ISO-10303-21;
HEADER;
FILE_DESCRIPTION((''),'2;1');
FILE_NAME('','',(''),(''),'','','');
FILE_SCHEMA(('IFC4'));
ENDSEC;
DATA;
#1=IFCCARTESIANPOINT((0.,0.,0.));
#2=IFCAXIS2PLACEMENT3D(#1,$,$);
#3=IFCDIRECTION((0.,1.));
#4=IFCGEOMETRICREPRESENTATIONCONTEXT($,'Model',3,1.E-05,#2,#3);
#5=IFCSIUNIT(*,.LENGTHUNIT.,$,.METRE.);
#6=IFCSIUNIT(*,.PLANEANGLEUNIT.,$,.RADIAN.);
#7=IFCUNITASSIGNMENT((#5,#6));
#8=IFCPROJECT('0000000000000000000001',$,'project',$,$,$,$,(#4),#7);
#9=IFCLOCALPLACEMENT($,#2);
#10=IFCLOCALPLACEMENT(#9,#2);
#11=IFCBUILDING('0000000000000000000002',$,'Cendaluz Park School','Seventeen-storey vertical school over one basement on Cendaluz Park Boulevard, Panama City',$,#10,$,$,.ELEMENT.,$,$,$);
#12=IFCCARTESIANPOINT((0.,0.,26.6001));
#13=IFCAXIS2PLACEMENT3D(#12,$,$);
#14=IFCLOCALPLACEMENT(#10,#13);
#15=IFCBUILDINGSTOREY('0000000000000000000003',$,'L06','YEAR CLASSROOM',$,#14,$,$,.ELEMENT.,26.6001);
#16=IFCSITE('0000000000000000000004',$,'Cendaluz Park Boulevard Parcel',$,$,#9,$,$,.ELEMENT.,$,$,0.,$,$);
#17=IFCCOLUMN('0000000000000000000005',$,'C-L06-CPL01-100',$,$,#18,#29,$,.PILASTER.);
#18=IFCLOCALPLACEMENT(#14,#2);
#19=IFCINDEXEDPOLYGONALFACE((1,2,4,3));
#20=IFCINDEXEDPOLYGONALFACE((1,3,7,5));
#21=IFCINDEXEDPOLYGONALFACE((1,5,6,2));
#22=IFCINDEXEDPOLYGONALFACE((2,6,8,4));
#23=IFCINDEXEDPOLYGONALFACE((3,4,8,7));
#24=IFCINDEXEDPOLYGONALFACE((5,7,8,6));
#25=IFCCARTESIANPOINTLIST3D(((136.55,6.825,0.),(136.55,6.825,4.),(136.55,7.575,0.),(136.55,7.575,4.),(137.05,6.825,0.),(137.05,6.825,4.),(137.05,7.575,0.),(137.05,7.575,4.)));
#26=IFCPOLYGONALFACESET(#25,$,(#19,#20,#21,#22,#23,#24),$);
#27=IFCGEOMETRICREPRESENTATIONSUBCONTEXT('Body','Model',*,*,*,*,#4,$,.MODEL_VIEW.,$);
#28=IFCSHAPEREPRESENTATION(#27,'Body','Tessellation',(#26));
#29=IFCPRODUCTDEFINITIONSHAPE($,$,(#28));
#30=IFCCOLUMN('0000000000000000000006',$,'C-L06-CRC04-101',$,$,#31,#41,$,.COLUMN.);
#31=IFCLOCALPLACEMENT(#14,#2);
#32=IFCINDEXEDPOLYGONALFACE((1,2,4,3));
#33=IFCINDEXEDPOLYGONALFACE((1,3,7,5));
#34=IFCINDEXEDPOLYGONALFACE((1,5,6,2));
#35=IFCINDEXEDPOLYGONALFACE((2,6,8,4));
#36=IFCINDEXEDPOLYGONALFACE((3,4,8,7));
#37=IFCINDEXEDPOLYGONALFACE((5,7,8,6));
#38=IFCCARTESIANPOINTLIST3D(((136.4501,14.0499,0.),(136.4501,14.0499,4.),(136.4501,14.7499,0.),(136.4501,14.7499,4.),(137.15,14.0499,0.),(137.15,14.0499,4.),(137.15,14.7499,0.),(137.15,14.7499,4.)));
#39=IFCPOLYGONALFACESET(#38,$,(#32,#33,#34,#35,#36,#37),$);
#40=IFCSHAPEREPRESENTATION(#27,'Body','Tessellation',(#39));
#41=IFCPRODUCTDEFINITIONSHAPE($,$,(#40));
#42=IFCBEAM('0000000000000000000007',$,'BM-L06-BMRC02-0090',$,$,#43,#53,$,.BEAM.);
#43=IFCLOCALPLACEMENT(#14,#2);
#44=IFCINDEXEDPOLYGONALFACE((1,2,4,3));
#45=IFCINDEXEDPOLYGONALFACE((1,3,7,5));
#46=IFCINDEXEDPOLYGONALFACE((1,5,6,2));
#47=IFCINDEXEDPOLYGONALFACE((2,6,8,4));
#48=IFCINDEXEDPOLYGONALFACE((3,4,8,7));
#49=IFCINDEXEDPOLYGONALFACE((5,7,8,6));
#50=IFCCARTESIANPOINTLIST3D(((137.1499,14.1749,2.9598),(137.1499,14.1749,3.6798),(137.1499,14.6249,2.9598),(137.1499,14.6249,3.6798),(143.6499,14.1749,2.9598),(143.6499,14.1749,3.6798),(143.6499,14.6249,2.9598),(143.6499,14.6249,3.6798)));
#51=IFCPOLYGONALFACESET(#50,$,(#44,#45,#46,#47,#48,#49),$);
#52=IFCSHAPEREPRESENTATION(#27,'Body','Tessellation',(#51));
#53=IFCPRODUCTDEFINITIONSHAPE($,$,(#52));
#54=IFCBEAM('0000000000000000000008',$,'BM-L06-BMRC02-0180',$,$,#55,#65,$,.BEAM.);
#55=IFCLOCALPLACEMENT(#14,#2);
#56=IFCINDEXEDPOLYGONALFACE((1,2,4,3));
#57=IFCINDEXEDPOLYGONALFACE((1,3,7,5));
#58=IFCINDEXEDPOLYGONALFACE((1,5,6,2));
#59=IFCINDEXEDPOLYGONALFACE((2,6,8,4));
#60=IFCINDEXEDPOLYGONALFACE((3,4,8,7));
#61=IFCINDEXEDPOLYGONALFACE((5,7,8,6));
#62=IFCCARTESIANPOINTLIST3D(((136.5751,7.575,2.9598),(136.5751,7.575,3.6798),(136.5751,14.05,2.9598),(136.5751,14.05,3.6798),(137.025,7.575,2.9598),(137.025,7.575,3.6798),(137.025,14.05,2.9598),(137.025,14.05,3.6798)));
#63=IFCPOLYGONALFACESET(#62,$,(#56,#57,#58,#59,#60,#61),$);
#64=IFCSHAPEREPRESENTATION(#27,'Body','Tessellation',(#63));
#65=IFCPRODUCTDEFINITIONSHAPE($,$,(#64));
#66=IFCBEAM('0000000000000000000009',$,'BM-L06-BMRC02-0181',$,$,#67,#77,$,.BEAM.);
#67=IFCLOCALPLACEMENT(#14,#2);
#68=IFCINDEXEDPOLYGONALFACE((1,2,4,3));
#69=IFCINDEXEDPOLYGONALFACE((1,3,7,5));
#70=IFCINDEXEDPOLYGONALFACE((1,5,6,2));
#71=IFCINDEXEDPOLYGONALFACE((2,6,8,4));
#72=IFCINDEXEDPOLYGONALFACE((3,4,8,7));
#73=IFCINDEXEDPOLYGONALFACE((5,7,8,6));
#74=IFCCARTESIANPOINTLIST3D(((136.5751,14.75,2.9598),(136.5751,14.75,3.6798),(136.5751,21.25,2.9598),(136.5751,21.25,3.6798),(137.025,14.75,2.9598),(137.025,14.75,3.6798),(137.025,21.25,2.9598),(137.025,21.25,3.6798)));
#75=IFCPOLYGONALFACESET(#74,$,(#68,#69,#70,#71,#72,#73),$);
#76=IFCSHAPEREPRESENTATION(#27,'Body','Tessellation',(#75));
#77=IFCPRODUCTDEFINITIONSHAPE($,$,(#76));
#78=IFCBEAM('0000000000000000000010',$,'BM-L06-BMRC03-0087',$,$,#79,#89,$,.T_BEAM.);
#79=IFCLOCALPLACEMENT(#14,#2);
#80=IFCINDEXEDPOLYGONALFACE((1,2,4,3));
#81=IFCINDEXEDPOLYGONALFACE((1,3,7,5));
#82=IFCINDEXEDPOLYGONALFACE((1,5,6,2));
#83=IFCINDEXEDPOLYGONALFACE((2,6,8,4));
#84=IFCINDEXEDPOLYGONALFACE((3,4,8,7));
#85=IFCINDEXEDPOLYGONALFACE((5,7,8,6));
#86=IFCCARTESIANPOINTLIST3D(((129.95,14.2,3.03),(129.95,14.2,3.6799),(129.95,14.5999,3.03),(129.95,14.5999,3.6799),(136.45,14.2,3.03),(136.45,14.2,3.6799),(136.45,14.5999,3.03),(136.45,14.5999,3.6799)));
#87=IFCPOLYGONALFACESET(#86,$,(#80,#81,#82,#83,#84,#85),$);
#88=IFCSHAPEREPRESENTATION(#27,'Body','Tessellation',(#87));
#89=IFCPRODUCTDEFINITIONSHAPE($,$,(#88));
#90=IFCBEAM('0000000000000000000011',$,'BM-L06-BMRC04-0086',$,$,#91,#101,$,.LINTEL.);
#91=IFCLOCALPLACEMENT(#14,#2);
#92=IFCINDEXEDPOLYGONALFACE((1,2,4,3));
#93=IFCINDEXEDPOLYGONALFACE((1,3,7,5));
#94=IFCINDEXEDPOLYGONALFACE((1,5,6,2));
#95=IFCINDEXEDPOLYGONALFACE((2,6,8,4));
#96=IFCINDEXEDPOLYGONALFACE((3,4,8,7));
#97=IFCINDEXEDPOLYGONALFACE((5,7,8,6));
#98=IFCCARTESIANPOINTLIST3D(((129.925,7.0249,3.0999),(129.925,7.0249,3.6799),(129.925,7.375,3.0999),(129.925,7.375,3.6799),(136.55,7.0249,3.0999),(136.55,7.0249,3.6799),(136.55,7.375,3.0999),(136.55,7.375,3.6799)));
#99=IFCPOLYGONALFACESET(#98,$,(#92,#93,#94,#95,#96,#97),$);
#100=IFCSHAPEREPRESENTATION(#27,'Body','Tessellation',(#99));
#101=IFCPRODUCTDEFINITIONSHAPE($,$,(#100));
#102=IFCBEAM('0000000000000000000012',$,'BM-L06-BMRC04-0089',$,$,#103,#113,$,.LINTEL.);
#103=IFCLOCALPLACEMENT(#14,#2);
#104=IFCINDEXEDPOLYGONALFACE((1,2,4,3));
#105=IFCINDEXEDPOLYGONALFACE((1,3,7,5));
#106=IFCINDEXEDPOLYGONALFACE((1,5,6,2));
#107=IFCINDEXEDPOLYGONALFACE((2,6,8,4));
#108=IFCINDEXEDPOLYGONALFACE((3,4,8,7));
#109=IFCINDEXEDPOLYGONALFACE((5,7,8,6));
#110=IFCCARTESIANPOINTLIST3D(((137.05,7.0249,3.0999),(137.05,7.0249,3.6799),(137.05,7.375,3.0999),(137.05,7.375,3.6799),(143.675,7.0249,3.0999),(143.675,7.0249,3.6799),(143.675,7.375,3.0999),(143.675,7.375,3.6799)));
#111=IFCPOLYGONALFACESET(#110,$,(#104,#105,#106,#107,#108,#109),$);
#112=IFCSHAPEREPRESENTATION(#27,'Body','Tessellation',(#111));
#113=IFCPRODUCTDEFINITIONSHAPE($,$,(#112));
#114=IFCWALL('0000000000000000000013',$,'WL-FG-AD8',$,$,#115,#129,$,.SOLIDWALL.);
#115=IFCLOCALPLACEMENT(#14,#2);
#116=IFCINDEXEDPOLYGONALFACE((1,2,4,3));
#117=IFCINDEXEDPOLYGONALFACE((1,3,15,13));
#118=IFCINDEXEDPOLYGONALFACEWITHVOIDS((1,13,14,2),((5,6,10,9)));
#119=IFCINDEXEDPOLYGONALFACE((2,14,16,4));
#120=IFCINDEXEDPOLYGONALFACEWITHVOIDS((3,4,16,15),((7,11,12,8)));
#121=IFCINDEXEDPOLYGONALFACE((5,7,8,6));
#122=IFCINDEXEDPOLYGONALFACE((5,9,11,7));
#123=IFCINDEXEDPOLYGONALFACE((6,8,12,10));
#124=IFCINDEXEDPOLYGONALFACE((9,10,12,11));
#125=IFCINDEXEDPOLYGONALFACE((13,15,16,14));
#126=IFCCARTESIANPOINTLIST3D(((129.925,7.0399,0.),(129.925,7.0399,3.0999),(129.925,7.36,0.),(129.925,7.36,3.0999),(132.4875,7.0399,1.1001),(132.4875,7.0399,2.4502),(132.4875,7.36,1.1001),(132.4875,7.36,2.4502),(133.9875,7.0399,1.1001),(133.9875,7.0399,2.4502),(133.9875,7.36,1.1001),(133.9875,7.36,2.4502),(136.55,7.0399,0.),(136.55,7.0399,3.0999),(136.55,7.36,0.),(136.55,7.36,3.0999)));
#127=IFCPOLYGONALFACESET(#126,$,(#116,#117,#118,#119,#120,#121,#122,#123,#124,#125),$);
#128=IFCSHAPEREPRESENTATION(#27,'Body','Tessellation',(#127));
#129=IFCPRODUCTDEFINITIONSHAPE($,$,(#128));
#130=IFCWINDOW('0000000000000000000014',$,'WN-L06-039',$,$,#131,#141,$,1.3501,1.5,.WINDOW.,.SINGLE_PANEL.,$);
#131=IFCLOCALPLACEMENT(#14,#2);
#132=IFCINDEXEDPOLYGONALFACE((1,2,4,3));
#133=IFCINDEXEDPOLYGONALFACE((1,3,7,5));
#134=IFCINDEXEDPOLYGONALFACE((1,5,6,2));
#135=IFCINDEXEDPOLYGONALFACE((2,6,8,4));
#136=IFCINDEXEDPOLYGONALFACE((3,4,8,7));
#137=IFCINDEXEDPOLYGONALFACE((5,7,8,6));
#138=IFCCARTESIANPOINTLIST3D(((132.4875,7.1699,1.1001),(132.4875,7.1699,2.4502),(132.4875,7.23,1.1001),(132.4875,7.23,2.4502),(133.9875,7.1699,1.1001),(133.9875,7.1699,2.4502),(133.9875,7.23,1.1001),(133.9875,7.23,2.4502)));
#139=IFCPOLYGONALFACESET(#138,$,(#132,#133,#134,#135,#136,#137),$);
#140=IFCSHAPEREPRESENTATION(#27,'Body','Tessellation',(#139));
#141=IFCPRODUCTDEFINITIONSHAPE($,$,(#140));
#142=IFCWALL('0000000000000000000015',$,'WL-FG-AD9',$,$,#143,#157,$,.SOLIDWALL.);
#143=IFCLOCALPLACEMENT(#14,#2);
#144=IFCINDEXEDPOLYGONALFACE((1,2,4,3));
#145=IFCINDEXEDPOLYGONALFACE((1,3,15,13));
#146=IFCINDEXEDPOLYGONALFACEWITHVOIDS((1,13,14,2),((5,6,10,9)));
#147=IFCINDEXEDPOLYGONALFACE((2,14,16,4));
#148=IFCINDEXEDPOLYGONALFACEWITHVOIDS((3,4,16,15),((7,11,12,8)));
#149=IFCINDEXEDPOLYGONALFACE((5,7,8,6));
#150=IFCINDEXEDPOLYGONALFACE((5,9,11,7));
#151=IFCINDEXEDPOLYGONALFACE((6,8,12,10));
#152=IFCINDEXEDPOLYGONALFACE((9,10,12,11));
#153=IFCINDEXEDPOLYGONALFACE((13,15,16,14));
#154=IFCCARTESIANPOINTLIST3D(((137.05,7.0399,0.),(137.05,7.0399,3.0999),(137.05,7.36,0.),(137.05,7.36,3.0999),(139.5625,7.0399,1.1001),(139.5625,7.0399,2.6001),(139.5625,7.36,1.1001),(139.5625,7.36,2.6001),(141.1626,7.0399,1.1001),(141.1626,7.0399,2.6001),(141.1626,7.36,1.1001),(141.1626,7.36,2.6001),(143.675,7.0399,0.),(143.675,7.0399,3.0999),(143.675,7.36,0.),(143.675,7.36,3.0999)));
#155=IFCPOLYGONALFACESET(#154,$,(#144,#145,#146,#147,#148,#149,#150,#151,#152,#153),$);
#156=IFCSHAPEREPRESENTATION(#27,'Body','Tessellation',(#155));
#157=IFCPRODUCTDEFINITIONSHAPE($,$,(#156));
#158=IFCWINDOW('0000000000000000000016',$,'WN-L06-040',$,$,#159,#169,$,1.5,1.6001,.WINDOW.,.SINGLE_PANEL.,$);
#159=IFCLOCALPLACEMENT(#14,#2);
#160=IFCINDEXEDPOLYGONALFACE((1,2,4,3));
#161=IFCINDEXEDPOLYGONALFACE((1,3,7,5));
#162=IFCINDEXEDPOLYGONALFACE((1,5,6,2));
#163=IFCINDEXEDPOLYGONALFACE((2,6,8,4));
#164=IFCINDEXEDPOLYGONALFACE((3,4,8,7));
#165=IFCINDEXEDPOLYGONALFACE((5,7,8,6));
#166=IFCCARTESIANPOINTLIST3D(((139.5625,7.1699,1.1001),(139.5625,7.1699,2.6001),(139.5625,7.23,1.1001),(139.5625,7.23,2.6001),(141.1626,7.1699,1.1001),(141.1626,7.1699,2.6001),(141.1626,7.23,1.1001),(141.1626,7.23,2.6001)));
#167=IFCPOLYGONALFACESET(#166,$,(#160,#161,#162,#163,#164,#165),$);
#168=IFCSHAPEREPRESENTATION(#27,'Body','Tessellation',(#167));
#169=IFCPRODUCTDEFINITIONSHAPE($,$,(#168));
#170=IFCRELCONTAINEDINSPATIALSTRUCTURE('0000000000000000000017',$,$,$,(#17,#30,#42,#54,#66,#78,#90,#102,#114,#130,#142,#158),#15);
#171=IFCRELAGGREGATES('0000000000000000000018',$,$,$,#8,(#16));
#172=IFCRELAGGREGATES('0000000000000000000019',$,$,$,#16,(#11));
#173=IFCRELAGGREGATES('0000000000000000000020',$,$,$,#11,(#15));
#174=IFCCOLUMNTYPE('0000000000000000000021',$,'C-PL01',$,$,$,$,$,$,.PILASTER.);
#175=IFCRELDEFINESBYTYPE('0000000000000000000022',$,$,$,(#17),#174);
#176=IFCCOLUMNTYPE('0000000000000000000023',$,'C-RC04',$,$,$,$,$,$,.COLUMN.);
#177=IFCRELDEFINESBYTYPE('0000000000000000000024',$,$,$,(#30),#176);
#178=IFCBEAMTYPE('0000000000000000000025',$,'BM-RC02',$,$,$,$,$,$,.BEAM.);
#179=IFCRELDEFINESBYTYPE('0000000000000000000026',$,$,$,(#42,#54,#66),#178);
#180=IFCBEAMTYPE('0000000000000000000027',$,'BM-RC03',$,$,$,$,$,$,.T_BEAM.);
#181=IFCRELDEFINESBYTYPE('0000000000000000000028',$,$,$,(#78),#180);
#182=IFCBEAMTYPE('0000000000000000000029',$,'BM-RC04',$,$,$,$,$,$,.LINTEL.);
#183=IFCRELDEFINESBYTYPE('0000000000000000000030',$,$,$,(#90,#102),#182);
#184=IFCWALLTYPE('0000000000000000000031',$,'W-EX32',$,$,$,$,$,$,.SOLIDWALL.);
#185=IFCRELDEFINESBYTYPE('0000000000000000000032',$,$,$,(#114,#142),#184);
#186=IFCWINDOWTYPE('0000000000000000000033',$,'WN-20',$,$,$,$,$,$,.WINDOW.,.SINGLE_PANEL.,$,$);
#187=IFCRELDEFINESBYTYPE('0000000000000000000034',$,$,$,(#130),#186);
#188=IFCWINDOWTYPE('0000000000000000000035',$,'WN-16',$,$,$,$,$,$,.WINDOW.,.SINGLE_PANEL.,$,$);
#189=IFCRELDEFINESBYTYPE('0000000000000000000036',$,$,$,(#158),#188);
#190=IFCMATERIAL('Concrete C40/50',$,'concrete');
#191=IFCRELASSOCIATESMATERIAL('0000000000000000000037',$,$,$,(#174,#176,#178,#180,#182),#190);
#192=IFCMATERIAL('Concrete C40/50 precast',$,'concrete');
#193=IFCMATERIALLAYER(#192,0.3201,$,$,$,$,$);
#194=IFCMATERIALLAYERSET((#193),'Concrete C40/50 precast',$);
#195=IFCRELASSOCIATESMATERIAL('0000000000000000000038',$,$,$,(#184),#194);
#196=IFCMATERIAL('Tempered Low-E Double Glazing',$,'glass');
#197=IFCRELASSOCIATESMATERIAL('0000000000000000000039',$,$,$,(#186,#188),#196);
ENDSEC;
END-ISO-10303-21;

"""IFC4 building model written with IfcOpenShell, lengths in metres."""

from ifc_helpers import new_model, si_unit, direction, frame, frame_2d, origin, origin_2d, place, context, subcontext, project, spatial, rectangle, extrude, material, layer, layer_set, material_profile, profile_set, type_object, element, fill, save


model = new_model("IFC4")

# Units and contexts
model_context = context("Model", 3, precision=1e-05, world=origin(), true_north=direction((0.0, 1.0)))
body_context = subcontext(model_context, "Body", "Model", "MODEL_VIEW")
ifc_project = project(units=[si_unit("LENGTHUNIT", "METRE"), si_unit("PLANEANGLEUNIT", "RADIAN")], contexts=[model_context])

# Site, building, storey
site_placement = place(None, origin())
site = spatial("IfcSite", under=ifc_project, at=site_placement, Name="Cendaluz Park Boulevard Parcel", CompositionType="ELEMENT", RefElevation=0.0)
building_placement = place(site_placement, origin())
building = spatial("IfcBuilding", under=site, at=building_placement, Name="Cendaluz Park School", Description="Seventeen-storey vertical school over one basement on Cendaluz Park Boulevard, Panama City", CompositionType="ELEMENT")
storey_placement = place(building_placement, frame((0.0, 0.0, 26.6001)))
storey = spatial("IfcBuildingStorey", under=building, at=storey_placement, Name="L06", Description="YEAR CLASSROOM", CompositionType="ELEMENT", Elevation=26.6001)

# Columns
ifc_material_1 = material(Name="Concrete C40/50", Category="concrete")
ifc_material_profile_1 = material_profile(ifc_material_1, rectangle(XDim=0.5, YDim=0.75, at=origin_2d()), Name="RC 500x750", Category="concrete")
ifc_profile_set_1 = profile_set([ifc_material_profile_1], Name="Concrete C40/50")
column_type_1 = type_object("IfcColumnType", Name="C-PL01", PredefinedType="PILASTER", material=ifc_profile_set_1)
column_1_placement = place(storey_placement, frame((136.8, 7.2, 0.0), z_axis=(0.0, 0.0, 1.0), x_axis=(1.0, 0.0, 0.0)))
element("IfcColumn", 1, at=column_1_placement, inside=storey, type_object=column_type_1, Name="C-L06-CPL01-100", PredefinedType="PILASTER", context=body_context, shape_type="SweptSolid", body=[
    extrude(rectangle(XDim=0.5, YDim=0.75, at=origin_2d()), origin(), (0.0, 0.0, 1.0), 4.0),
])
ifc_material_profile_2 = material_profile(ifc_material_1, rectangle(XDim=0.7, YDim=0.7, at=origin_2d()), Name="RC 700x700", Category="concrete")
ifc_profile_set_2 = profile_set([ifc_material_profile_2], Name="Concrete C40/50")
column_type_2 = type_object("IfcColumnType", Name="C-RC04", PredefinedType="COLUMN", material=ifc_profile_set_2)
column_2_placement = place(storey_placement, frame((136.8, 14.3999, 0.0), z_axis=(0.0, 0.0, 1.0), x_axis=(1.0, 0.0, 0.0)))
element("IfcColumn", 2, at=column_2_placement, inside=storey, type_object=column_type_2, Name="C-L06-CRC04-101", PredefinedType="COLUMN", context=body_context, shape_type="SweptSolid", body=[
    extrude(rectangle(XDim=0.7, YDim=0.7, at=origin_2d()), origin(), (0.0, 0.0, 1.0), 4.0),
])

# Beams
ifc_material_profile_3 = material_profile(ifc_material_1, rectangle(XDim=0.45, YDim=0.72, at=origin_2d()), Name="RC 450x720", Category="concrete")
ifc_profile_set_3 = profile_set([ifc_material_profile_3], Name="Concrete C40/50")
beam_type_1 = type_object("IfcBeamType", Name="BM-RC02", PredefinedType="BEAM", material=ifc_profile_set_3)
beam_1_placement = place(storey_placement, frame((137.1499, 14.3999, 3.3198), z_axis=(1.0, 0.0, 0.0), x_axis=(0.0, 1.0, 0.0)))
element("IfcBeam", 3, at=beam_1_placement, inside=storey, type_object=beam_type_1, Name="BM-L06-BMRC02-0090", PredefinedType="BEAM", context=body_context, shape_type="SweptSolid", body=[
    extrude(rectangle(XDim=0.45, YDim=0.72, at=origin_2d()), origin(), (0.0, 0.0, 1.0), 6.5),
])
beam_2_placement = place(storey_placement, frame((136.8, 7.575, 3.3198), z_axis=(0.0, 1.0, 0.0), x_axis=(-1.0, 0.0, 0.0)))
element("IfcBeam", 4, at=beam_2_placement, inside=storey, type_object=beam_type_1, Name="BM-L06-BMRC02-0180", PredefinedType="BEAM", context=body_context, shape_type="SweptSolid", body=[
    extrude(rectangle(XDim=0.45, YDim=0.72, at=origin_2d()), origin(), (0.0, 0.0, 1.0), 6.4751),
])
beam_3_placement = place(storey_placement, frame((136.8, 14.75, 3.3198), z_axis=(0.0, 1.0, 0.0), x_axis=(-1.0, 0.0, 0.0)))
element("IfcBeam", 5, at=beam_3_placement, inside=storey, type_object=beam_type_1, Name="BM-L06-BMRC02-0181", PredefinedType="BEAM", context=body_context, shape_type="SweptSolid", body=[
    extrude(rectangle(XDim=0.45, YDim=0.72, at=origin_2d()), origin(), (0.0, 0.0, 1.0), 6.5),
])
ifc_material_profile_4 = material_profile(ifc_material_1, rectangle(XDim=0.3999, YDim=0.6499, at=origin_2d()), Name="RC 400x650", Category="concrete")
ifc_profile_set_4 = profile_set([ifc_material_profile_4], Name="Concrete C40/50")
beam_type_2 = type_object("IfcBeamType", Name="BM-RC03", PredefinedType="T_BEAM", material=ifc_profile_set_4)
beam_4_placement = place(storey_placement, frame((129.95, 14.3999, 3.355), z_axis=(1.0, 0.0, 0.0), x_axis=(0.0, 1.0, 0.0)))
element("IfcBeam", 6, at=beam_4_placement, inside=storey, type_object=beam_type_2, Name="BM-L06-BMRC03-0087", PredefinedType="T_BEAM", context=body_context, shape_type="SweptSolid", body=[
    extrude(rectangle(XDim=0.3999, YDim=0.6499, at=origin_2d()), origin(), (0.0, 0.0, 1.0), 6.5),
])
ifc_material_profile_5 = material_profile(ifc_material_1, rectangle(XDim=0.3501, YDim=0.5801, at=origin_2d()), Name="RC 350x580", Category="concrete")
ifc_profile_set_5 = profile_set([ifc_material_profile_5], Name="Concrete C40/50")
beam_type_3 = type_object("IfcBeamType", Name="BM-RC04", PredefinedType="LINTEL", material=ifc_profile_set_5)
for number, where, z_axis, x_axis, name in (
    (7, (129.925, 7.2, 3.3899), (1.0, 0.0, 0.0), (0.0, 1.0, 0.0), "BM-L06-BMRC04-0086"),
    (8, (137.05, 7.2, 3.3899), (1.0, 0.0, 0.0), (0.0, 1.0, 0.0), "BM-L06-BMRC04-0089"),
):
    element("IfcBeam", number, at=place(storey_placement, frame(where, z_axis=z_axis, x_axis=x_axis)), inside=storey, type_object=beam_type_3, Name=name, PredefinedType="LINTEL", context=body_context, shape_type="SweptSolid", body=[
        extrude(rectangle(XDim=0.3501, YDim=0.5801, at=origin_2d()), origin(), (0.0, 0.0, 1.0), 6.625),
    ])

# Walls, openings, windows
ifc_material_2 = material(Name="Concrete C40/50 precast", Category="concrete")
ifc_layer_1 = layer(ifc_material_2, 0.3201)
ifc_layer_set_1 = layer_set([ifc_layer_1], Name="Concrete C40/50 precast")
wall_type_1 = type_object("IfcWallType", Name="W-EX32", PredefinedType="SOLIDWALL", material=ifc_layer_set_1)
wall_1_placement = place(storey_placement, frame((129.925, 7.2, 0.0), z_axis=(0.0, 0.0, 1.0), x_axis=(1.0, 0.0, 0.0)))
wall_1 = element("IfcWall", 9, at=wall_1_placement, inside=storey, type_object=wall_type_1, Name="WL-FG-AD8", PredefinedType="SOLIDWALL", context=body_context, shape_type="SweptSolid", body=[
    extrude(rectangle(XDim=6.625, YDim=0.3201, at=frame_2d((3.3125, 0.0))), origin(), (0.0, 0.0, 1.0), 3.0999),
])
opening_1_placement = place(wall_1_placement, frame((2.5625, 0.0, 1.1001)))
opening_1 = element("IfcOpeningElement", 10, at=opening_1_placement, cuts=wall_1, PredefinedType="OPENING", context=body_context, shape_type="SweptSolid", body=[
    extrude(rectangle(XDim=1.5, YDim=1.3501, at=frame_2d((0.75, 0.675))), frame((0.0, 0.1721, 0.0), z_axis=(0.0, -1.0, 0.0), x_axis=(1.0, 0.0, 0.0)), (0.0, 0.0, 1.0), 0.344),
])
ifc_material_3 = material(Name="Tempered Low-E Double Glazing", Category="glass")
window_type_1 = type_object("IfcWindowType", Name="WN-20", PartitioningType="SINGLE_PANEL", PredefinedType="WINDOW", material=ifc_material_3)
window_1_placement = place(opening_1_placement, origin())
window_1 = element("IfcWindow", 11, at=window_1_placement, inside=storey, type_object=window_type_1, Name="WN-L06-039", OverallHeight=1.3501, OverallWidth=1.5, PartitioningType="SINGLE_PANEL", PredefinedType="WINDOW", context=body_context, shape_type="SweptSolid", body=[
    extrude(rectangle(XDim=1.5, YDim=1.3501, at=frame_2d((0.75, 0.675))), frame((0.0, 0.03, 0.0), z_axis=(0.0, -1.0, 0.0), x_axis=(1.0, 0.0, 0.0)), (0.0, 0.0, 1.0), 0.0601),
])
fill(opening_1, window_1)
wall_2_placement = place(storey_placement, frame((137.05, 7.2, 0.0), z_axis=(0.0, 0.0, 1.0), x_axis=(1.0, 0.0, 0.0)))
wall_2 = element("IfcWall", 12, at=wall_2_placement, inside=storey, type_object=wall_type_1, Name="WL-FG-AD9", PredefinedType="SOLIDWALL", context=body_context, shape_type="SweptSolid", body=[
    extrude(rectangle(XDim=6.625, YDim=0.3201, at=frame_2d((3.3125, 0.0))), origin(), (0.0, 0.0, 1.0), 3.0999),
])
opening_2_placement = place(wall_2_placement, frame((2.5125, 0.0, 1.1001)))
opening_2 = element("IfcOpeningElement", 13, at=opening_2_placement, cuts=wall_2, PredefinedType="OPENING", context=body_context, shape_type="SweptSolid", body=[
    extrude(rectangle(XDim=1.6001, YDim=1.5, at=frame_2d((0.8, 0.75))), frame((0.0, 0.1721, 0.0), z_axis=(0.0, -1.0, 0.0), x_axis=(1.0, 0.0, 0.0)), (0.0, 0.0, 1.0), 0.344),
])
window_type_2 = type_object("IfcWindowType", Name="WN-16", PartitioningType="SINGLE_PANEL", PredefinedType="WINDOW", material=ifc_material_3)
window_2_placement = place(opening_2_placement, origin())
window_2 = element("IfcWindow", 14, at=window_2_placement, inside=storey, type_object=window_type_2, Name="WN-L06-040", OverallHeight=1.5, OverallWidth=1.6001, PartitioningType="SINGLE_PANEL", PredefinedType="WINDOW", context=body_context, shape_type="SweptSolid", body=[
    extrude(rectangle(XDim=1.6001, YDim=1.5, at=frame_2d((0.8, 0.75))), frame((0.0, 0.03, 0.0), z_axis=(0.0, -1.0, 0.0), x_axis=(1.0, 0.0, 0.0)), (0.0, 0.0, 1.0), 0.0601),
])
fill(opening_2, window_2)

save(model, "model.ifc")
